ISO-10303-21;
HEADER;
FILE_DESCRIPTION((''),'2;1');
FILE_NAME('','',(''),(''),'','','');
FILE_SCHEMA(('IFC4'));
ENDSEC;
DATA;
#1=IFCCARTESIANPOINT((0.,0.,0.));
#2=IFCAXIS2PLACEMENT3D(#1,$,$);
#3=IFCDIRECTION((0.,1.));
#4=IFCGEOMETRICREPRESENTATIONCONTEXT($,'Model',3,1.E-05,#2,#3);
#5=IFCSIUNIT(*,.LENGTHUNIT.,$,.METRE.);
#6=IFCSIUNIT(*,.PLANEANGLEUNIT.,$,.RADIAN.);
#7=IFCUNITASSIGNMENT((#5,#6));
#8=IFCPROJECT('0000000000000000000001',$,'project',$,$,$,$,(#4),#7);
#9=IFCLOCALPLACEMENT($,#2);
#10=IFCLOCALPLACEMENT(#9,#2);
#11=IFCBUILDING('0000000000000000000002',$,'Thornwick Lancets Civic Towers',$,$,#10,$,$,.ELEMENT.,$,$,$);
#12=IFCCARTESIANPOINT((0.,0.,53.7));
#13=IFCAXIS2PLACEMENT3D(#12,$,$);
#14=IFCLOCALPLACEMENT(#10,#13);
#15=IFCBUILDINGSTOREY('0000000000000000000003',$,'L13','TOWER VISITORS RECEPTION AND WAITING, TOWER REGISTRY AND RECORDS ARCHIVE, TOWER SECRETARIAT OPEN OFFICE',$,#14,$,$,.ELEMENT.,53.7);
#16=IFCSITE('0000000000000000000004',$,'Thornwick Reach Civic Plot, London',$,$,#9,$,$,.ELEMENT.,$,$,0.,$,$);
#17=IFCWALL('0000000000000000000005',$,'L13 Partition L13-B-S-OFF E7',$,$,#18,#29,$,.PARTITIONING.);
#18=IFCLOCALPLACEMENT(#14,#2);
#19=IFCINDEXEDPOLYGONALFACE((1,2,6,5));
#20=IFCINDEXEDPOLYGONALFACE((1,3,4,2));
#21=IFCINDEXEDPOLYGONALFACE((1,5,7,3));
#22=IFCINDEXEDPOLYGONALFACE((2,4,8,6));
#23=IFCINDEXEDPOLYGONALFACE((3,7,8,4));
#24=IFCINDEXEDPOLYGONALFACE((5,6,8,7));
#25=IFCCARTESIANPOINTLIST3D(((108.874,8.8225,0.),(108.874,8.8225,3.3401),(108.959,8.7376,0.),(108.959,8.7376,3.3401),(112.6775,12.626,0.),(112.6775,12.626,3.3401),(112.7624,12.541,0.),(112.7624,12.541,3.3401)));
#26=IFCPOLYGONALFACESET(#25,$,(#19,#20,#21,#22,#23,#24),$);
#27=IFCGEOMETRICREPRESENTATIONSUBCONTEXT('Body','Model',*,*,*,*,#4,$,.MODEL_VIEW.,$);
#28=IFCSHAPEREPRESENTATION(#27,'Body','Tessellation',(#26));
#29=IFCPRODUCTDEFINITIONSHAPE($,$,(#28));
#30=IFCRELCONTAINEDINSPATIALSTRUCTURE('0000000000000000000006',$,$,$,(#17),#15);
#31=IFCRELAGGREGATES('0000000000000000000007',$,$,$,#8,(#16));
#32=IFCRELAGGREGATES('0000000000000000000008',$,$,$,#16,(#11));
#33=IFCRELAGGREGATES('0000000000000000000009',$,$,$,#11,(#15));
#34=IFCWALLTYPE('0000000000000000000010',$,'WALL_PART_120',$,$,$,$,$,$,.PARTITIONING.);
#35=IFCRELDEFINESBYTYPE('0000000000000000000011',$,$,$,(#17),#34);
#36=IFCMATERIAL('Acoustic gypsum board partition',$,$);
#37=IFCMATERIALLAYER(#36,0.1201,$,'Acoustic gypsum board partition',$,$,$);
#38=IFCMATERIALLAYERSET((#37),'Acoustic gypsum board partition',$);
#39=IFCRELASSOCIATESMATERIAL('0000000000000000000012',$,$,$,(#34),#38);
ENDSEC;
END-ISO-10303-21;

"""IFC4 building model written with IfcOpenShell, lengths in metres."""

from ifc_helpers import new_model, si_unit, direction, frame, frame_2d, origin, place, context, subcontext, project, spatial, rectangle, extrude, material, layer, layer_set, type_object, element, save


model = new_model("IFC4")

# Units and contexts
model_context = context("Model", 3, precision=1e-05, world=origin(), true_north=direction((0.0, 1.0)))
body_context = subcontext(model_context, "Body", "Model", "MODEL_VIEW")
ifc_project = project(units=[si_unit("LENGTHUNIT", "METRE"), si_unit("PLANEANGLEUNIT", "RADIAN")], contexts=[model_context])

# Site, building, storey
site_placement = place(None, origin())
site = spatial("IfcSite", under=ifc_project, at=site_placement, Name="Thornwick Reach Civic Plot, London", CompositionType="ELEMENT", RefElevation=0.0)
building_placement = place(site_placement, origin())
building = spatial("IfcBuilding", under=site, at=building_placement, Name="Thornwick Lancets Civic Towers", CompositionType="ELEMENT")
storey_placement = place(building_placement, frame((0.0, 0.0, 53.7)))
storey = spatial("IfcBuildingStorey", under=building, at=storey_placement, Name="L13", Description="TOWER VISITORS RECEPTION AND WAITING, TOWER REGISTRY AND RECORDS ARCHIVE, TOWER SECRETARIAT OPEN OFFICE", CompositionType="ELEMENT", Elevation=53.7)

# Wall
ifc_material_1 = material(Name="Acoustic gypsum board partition")
ifc_layer_1 = layer(ifc_material_1, 0.1201, Name="Acoustic gypsum board partition")
ifc_layer_set_1 = layer_set([ifc_layer_1], Name="Acoustic gypsum board partition")
wall_type_1 = type_object("IfcWallType", Name="WALL_PART_120", PredefinedType="PARTITIONING", material=ifc_layer_set_1)
wall_1_placement = place(storey_placement, frame((112.72, 12.5835, 0.0), z_axis=(0.0, 0.0, 1.0), x_axis=(-0.707107, -0.707107, 0.0)))
element("IfcWall", 1, at=wall_1_placement, inside=storey, type_object=wall_type_1, Name="L13 Partition L13-B-S-OFF E7", PredefinedType="PARTITIONING", context=body_context, shape_type="SweptSolid", body=[
    extrude(rectangle(XDim=5.3789, YDim=0.1201, at=frame_2d((2.6895, 0.0))), origin(), (0.0, 0.0, 1.0), 3.3401),
])

save(model, "model.ifc")
